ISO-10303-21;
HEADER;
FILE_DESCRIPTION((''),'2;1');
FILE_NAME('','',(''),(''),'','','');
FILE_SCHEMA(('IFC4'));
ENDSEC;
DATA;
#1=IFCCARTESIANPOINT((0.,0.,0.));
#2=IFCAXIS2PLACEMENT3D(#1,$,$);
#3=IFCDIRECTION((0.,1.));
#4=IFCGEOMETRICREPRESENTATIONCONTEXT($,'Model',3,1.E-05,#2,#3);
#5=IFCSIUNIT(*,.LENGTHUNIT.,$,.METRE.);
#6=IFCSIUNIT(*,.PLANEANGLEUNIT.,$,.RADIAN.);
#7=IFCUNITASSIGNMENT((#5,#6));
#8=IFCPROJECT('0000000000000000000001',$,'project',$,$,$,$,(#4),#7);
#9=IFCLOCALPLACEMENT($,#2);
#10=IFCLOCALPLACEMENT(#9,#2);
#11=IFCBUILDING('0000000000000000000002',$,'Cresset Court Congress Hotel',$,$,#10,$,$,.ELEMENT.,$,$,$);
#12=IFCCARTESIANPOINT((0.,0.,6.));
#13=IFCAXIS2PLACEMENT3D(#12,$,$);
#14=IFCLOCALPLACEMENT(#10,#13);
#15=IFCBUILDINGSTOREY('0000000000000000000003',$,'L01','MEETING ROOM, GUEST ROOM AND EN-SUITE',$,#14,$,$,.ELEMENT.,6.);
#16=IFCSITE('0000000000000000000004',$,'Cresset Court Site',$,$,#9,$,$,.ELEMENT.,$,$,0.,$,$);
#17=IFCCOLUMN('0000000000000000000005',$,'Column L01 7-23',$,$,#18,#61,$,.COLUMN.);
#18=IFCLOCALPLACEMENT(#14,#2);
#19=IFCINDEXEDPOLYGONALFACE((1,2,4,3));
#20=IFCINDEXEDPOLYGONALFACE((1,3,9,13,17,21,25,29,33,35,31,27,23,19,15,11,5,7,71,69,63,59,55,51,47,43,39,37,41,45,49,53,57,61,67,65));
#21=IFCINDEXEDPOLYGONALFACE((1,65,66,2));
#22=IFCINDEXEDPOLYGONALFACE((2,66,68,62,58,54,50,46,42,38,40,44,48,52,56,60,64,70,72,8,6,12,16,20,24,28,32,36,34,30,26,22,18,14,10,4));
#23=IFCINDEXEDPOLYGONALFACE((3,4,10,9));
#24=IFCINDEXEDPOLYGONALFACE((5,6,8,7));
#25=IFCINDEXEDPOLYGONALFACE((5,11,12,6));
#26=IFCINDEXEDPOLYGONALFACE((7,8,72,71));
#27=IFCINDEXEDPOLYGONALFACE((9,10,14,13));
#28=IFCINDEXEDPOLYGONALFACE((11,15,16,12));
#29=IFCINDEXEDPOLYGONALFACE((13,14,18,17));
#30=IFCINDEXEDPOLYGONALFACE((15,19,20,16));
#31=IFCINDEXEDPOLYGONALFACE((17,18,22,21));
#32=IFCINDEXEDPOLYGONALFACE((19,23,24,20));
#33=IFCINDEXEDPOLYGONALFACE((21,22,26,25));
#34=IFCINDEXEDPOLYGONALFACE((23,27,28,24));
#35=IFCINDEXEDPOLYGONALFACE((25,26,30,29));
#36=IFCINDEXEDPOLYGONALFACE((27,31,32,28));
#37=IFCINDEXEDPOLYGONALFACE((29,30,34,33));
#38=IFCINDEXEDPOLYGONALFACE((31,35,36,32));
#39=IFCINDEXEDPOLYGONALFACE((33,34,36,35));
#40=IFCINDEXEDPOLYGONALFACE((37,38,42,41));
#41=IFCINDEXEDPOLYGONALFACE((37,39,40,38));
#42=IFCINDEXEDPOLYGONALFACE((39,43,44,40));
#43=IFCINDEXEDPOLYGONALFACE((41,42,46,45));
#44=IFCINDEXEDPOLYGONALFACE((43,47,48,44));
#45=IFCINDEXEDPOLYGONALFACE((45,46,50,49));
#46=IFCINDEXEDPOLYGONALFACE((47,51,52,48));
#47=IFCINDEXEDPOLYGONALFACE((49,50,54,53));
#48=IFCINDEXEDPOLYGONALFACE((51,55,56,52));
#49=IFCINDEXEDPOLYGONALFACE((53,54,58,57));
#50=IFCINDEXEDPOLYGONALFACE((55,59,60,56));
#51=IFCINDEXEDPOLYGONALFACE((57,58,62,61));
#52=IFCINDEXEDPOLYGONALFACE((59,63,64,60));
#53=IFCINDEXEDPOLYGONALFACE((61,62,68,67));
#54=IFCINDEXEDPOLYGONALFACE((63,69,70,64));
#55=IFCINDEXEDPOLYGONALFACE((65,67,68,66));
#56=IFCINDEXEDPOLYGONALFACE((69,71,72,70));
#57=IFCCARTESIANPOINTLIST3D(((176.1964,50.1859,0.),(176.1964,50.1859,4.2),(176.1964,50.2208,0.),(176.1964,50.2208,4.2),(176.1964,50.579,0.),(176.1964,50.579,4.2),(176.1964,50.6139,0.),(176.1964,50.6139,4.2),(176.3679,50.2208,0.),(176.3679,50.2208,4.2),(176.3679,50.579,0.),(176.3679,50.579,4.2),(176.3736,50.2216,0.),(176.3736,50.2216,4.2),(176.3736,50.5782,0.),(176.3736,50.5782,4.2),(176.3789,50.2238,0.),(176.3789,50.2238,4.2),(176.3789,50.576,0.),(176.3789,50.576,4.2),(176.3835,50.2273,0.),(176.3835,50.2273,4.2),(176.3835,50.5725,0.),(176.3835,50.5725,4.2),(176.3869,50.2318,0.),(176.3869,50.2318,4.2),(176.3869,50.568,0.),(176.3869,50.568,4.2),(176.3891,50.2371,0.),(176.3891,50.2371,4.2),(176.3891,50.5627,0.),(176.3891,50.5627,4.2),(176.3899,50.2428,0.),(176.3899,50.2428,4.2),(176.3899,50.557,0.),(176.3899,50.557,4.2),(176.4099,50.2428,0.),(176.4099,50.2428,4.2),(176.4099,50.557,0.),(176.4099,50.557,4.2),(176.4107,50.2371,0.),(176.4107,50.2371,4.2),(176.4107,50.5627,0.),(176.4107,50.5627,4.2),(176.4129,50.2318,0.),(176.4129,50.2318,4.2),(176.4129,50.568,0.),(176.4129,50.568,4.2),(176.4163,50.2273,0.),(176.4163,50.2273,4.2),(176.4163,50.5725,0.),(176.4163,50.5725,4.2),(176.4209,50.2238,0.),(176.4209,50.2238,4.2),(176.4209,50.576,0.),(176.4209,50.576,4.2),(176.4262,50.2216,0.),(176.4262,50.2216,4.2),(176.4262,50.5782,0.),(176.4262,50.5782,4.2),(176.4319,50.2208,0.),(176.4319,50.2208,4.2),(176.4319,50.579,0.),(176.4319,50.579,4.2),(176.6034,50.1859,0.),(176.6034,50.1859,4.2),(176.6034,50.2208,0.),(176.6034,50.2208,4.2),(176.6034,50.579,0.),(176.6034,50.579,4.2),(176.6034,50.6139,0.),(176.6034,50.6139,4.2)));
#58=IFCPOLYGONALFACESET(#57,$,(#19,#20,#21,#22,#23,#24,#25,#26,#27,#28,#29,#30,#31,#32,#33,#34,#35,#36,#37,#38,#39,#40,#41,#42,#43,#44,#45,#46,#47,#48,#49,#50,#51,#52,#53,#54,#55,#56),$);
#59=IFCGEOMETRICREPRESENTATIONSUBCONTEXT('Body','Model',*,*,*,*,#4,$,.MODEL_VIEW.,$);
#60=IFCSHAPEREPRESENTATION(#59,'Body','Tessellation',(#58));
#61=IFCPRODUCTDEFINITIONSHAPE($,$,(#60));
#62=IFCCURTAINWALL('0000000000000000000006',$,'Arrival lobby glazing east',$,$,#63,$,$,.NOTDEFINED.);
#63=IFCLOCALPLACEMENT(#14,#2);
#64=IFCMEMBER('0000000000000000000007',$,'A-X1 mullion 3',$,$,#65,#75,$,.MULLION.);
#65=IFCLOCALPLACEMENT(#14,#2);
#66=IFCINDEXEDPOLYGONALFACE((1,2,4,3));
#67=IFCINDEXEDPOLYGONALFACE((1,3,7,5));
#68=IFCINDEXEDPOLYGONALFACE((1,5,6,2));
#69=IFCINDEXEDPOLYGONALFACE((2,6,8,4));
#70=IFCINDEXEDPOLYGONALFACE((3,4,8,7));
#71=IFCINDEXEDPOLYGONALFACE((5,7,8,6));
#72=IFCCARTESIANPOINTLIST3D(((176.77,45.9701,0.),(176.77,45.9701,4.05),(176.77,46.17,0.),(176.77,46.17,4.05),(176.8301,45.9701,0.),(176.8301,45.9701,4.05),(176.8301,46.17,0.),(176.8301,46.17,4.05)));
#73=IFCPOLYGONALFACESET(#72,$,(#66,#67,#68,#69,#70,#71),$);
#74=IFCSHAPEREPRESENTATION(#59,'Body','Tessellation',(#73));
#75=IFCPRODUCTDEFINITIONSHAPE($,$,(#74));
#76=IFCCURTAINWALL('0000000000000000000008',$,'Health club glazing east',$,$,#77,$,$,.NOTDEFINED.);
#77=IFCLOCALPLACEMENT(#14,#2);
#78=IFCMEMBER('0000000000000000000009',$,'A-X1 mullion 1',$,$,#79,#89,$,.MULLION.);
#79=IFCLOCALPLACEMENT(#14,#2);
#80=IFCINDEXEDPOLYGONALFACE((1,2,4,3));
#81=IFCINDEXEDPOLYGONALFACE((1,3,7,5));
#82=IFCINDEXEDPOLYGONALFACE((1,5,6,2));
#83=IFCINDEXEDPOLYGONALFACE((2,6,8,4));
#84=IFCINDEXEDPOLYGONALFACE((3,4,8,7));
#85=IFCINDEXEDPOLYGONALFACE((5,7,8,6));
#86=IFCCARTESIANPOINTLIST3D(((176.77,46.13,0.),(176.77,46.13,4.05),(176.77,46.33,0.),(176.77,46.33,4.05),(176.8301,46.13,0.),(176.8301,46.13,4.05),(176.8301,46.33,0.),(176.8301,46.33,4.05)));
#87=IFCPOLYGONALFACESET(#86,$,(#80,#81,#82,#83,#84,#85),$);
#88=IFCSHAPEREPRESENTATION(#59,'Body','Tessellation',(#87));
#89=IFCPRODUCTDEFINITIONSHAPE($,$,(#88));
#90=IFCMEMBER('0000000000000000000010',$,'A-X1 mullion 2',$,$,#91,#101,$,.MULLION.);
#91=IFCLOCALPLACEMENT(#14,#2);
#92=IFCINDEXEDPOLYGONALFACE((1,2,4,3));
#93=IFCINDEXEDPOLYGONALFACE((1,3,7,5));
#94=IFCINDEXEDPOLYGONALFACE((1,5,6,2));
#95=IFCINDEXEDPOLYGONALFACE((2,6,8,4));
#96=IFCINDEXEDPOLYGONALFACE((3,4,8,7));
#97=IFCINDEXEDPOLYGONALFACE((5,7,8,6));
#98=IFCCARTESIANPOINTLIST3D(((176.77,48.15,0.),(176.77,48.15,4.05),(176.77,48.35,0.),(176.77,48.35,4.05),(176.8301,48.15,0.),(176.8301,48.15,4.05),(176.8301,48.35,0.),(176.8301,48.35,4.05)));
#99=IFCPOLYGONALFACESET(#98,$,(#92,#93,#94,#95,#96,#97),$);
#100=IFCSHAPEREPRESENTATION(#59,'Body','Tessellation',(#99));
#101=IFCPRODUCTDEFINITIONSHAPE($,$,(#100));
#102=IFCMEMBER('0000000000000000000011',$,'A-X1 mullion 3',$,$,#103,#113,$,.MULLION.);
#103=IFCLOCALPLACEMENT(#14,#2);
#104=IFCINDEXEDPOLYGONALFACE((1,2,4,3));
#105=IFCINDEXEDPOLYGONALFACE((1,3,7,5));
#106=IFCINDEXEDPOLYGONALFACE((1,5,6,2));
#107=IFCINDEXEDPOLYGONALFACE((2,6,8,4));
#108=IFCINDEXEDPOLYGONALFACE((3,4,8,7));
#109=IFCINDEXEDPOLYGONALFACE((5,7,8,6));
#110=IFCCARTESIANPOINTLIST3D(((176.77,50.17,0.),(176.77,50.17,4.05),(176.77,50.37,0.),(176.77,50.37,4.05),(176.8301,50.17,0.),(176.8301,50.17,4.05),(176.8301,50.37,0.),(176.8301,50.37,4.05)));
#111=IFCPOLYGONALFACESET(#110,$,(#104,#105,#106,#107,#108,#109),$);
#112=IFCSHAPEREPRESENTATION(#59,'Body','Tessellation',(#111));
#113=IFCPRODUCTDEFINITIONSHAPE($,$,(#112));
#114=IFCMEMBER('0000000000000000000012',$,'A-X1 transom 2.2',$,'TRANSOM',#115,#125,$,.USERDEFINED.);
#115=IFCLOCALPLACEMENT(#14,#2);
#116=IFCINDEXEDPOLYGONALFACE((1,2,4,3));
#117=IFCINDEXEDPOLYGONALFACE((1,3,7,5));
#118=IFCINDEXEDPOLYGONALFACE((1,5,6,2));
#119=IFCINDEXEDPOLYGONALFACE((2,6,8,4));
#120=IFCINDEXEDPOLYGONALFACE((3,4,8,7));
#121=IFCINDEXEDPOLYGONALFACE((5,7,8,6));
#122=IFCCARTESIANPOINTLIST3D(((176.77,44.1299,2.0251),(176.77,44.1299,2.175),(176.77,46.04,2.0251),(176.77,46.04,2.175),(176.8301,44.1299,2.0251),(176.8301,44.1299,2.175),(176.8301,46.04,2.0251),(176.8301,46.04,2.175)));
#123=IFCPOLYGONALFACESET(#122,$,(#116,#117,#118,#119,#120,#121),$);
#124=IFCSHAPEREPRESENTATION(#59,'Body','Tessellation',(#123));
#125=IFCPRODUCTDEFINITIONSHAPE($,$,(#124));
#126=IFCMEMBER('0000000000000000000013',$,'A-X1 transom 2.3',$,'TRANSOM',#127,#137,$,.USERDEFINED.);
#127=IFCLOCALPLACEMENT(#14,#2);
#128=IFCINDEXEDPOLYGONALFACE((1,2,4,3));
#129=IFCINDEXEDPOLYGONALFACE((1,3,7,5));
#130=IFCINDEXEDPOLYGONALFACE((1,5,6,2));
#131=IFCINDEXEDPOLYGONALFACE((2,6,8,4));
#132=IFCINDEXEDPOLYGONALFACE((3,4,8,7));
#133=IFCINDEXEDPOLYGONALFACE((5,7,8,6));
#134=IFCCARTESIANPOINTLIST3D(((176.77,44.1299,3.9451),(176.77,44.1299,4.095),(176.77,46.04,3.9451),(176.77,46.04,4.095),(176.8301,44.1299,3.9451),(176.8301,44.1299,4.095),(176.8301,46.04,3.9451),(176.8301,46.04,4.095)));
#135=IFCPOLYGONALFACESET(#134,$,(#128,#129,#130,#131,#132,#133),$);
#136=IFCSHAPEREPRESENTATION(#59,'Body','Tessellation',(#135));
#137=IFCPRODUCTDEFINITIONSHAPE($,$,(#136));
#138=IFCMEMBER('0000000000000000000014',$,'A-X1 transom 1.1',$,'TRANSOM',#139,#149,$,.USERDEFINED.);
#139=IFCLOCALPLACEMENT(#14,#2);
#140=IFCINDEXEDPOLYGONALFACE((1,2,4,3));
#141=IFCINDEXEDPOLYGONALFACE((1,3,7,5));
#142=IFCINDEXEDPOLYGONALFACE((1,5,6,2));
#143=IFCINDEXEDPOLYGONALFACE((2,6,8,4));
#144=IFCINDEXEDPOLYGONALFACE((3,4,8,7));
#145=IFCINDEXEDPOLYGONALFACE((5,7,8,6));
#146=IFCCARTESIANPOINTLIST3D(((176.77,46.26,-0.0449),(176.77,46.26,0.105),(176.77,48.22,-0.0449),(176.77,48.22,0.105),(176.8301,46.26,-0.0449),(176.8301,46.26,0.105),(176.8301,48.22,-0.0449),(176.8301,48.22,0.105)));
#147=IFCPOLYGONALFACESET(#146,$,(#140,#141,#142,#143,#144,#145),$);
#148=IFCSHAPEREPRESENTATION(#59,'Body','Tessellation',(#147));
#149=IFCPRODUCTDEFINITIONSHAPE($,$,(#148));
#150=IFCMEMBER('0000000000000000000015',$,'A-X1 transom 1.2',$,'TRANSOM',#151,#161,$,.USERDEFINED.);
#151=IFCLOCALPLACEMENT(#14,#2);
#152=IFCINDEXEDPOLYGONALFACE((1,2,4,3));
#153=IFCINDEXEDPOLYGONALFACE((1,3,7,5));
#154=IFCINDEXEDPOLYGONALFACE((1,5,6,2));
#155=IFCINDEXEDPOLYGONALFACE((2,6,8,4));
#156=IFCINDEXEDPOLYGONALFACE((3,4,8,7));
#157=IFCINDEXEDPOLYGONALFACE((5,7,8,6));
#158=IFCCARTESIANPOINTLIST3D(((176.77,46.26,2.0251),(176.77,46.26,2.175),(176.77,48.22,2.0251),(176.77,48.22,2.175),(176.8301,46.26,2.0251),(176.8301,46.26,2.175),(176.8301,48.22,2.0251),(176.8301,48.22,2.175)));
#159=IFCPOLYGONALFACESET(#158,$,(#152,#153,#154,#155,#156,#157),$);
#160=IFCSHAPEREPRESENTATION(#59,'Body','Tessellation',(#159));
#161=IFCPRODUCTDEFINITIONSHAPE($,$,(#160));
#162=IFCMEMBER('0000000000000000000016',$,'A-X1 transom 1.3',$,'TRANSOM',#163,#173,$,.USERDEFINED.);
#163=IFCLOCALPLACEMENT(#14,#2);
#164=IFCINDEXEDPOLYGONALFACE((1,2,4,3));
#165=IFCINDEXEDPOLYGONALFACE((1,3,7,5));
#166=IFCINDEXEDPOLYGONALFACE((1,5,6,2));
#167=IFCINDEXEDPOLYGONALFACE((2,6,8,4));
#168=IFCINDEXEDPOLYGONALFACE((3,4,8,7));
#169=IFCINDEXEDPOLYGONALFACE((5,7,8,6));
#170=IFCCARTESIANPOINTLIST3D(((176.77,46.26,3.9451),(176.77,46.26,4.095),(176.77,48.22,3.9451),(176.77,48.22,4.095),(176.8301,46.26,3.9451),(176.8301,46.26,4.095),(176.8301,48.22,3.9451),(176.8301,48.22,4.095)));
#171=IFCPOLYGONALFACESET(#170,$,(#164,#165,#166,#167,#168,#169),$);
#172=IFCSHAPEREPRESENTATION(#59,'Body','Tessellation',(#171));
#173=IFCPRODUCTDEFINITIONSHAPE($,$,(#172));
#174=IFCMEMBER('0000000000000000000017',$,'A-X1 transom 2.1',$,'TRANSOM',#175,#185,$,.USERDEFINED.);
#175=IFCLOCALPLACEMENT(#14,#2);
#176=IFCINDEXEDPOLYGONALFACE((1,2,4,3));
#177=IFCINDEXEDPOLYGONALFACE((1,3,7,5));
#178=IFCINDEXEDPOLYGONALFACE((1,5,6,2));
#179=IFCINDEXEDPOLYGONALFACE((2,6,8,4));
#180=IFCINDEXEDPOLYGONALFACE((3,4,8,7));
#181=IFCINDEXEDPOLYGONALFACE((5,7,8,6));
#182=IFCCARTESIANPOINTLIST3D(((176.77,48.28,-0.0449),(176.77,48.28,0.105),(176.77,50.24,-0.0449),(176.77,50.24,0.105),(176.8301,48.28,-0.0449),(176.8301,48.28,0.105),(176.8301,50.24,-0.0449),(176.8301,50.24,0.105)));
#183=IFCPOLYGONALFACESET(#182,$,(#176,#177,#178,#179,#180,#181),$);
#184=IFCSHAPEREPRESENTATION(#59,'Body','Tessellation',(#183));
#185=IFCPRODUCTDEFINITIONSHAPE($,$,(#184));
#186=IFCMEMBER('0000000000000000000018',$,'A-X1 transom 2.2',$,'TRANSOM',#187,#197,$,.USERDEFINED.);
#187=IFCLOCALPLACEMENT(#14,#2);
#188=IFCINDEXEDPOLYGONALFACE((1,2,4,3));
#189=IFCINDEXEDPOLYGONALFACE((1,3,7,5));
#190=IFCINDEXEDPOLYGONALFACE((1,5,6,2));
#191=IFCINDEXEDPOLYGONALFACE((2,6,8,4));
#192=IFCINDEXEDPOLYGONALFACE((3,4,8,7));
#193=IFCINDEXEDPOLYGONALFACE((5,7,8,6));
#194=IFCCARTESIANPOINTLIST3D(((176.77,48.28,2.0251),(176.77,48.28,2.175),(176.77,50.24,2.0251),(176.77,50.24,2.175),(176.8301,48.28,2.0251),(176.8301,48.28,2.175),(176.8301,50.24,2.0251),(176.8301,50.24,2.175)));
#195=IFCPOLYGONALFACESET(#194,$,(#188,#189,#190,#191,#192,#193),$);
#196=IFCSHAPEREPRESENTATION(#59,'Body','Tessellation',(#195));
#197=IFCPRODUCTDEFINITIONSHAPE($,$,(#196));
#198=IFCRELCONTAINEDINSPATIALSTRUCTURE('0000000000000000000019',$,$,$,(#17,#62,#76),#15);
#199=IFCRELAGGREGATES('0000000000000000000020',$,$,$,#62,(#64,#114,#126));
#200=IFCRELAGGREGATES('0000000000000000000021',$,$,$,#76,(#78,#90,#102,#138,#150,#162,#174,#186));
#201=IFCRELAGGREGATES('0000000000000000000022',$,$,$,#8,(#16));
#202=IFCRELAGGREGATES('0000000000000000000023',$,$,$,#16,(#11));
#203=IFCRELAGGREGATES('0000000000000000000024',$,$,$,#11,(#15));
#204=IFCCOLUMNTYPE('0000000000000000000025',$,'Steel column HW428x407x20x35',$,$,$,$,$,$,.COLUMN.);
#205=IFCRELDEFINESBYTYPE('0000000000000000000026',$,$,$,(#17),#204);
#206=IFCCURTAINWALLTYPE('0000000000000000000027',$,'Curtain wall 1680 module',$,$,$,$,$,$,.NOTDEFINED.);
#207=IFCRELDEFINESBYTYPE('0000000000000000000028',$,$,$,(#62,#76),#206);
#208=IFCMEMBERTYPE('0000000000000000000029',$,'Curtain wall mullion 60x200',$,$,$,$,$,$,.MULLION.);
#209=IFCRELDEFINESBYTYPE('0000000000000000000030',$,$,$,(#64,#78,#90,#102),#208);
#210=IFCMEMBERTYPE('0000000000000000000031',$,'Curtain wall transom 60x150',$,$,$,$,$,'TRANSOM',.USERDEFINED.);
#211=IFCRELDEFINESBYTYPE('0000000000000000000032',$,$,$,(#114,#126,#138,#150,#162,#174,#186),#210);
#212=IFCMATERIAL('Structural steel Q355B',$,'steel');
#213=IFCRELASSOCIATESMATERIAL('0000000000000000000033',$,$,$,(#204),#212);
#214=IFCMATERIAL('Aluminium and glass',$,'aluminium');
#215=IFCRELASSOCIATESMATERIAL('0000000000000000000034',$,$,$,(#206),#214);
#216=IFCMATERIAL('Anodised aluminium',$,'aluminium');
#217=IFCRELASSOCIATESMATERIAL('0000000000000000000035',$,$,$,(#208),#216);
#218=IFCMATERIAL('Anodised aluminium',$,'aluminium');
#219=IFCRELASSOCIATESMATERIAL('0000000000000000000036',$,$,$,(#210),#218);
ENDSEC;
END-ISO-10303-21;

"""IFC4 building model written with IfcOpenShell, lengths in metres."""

from ifc_helpers import new_model, si_unit, direction, frame, origin, origin_2d, place, context, subcontext, project, spatial, rectangle, i_section, extrude, material, material_profile, profile_set, type_object, element, aggregate, save


model = new_model("IFC4")

# Units and contexts
model_context = context("Model", 3, precision=1e-05, world=origin(), true_north=direction((0.0, 1.0)))
body_context = subcontext(model_context, "Body", "Model", "MODEL_VIEW")
ifc_project = project(units=[si_unit("LENGTHUNIT", "METRE"), si_unit("PLANEANGLEUNIT", "RADIAN")], contexts=[model_context])

# Site, building, storey
site_placement = place(None, origin())
site = spatial("IfcSite", under=ifc_project, at=site_placement, Name="Cresset Court Site", CompositionType="ELEMENT", RefElevation=0.0)
building_placement = place(site_placement, origin())
building = spatial("IfcBuilding", under=site, at=building_placement, Name="Cresset Court Congress Hotel", CompositionType="ELEMENT")
storey_placement = place(building_placement, frame((0.0, 0.0, 6.0)))
storey = spatial("IfcBuildingStorey", under=building, at=storey_placement, Name="L01", Description="MEETING ROOM, GUEST ROOM AND EN-SUITE", CompositionType="ELEMENT", Elevation=6.0)

# Column
ifc_material_1 = material(Name="Structural steel Q355B", Category="steel")
ifc_material_profile_1 = material_profile(ifc_material_1, i_section(OverallWidth=0.407, OverallDepth=0.428, WebThickness=0.02, FlangeThickness=0.0349, FilletRadius=0.022, at=origin_2d()), Name="HW428x407x20x35")
ifc_profile_set_1 = profile_set([ifc_material_profile_1], Name="Structural steel Q355B")
column_type = type_object("IfcColumnType", Name="Steel column HW428x407x20x35", PredefinedType="COLUMN", material=ifc_profile_set_1)
column_placement = place(storey_placement, frame((176.3999, 50.3999, 0.0), z_axis=(0.0, 0.0, 1.0), x_axis=(1.0, 0.0, 0.0)))
element("IfcColumn", 1, at=column_placement, inside=storey, type_object=column_type, Name="Column L01 7-23", PredefinedType="COLUMN", context=body_context, shape_type="SweptSolid", body=[
    extrude(i_section(OverallWidth=0.407, OverallDepth=0.428, WebThickness=0.02, FlangeThickness=0.0349, FilletRadius=0.022, at=origin_2d()), origin(), (0.0, 0.0, 1.0), 4.2),
])

# Curtain wall, member
ifc_material_2 = material(Name="Aluminium and glass", Category="aluminium")
curtain_wall_type = type_object("IfcCurtainWallType", Name="Curtain wall 1680 module", PredefinedType="NOTDEFINED", material=ifc_material_2)
curtain_wall_1_placement = place(storey_placement, origin())
curtain_wall_1 = element("IfcCurtainWall", 2, at=curtain_wall_1_placement, inside=storey, type_object=curtain_wall_type, Name="Arrival lobby glazing east", PredefinedType="NOTDEFINED")
ifc_material_3 = material(Name="Anodised aluminium", Category="aluminium")
ifc_material_profile_2 = material_profile(ifc_material_3, rectangle(XDim=0.0601, YDim=0.2, at=origin_2d()), Name="RECT60x200")
ifc_profile_set_2 = profile_set([ifc_material_profile_2], Name="Anodised aluminium")
member_type_1 = type_object("IfcMemberType", Name="Curtain wall mullion 60x200", PredefinedType="MULLION", material=ifc_profile_set_2)
member_1_placement = place(storey_placement, frame((176.8, 46.0701, 0.0), z_axis=(0.0, 0.0, 1.0), x_axis=(-1.0, 0.0, 0.0)))
member_1 = element("IfcMember", 3, at=member_1_placement, type_object=member_type_1, Name="A-X1 mullion 3", PredefinedType="MULLION", context=body_context, shape_type="SweptSolid", body=[
    extrude(rectangle(XDim=0.0601, YDim=0.2, at=origin_2d()), origin(), (0.0, 0.0, 1.0), 4.05),
])

# Curtain wall, members
curtain_wall_2_placement = place(storey_placement, origin())
curtain_wall_2 = element("IfcCurtainWall", 4, at=curtain_wall_2_placement, inside=storey, type_object=curtain_wall_type, Name="Health club glazing east", PredefinedType="NOTDEFINED")
member_2_placement = place(storey_placement, frame((176.8, 46.23, 0.0), z_axis=(0.0, 0.0, 1.0), x_axis=(-1.0, 0.0, 0.0)))
member_2 = element("IfcMember", 5, at=member_2_placement, type_object=member_type_1, Name="A-X1 mullion 1", PredefinedType="MULLION", context=body_context, shape_type="SweptSolid", body=[
    extrude(rectangle(XDim=0.0601, YDim=0.2, at=origin_2d()), origin(), (0.0, 0.0, 1.0), 4.05),
])
member_3_placement = place(storey_placement, frame((176.8, 48.25, 0.0), z_axis=(0.0, 0.0, 1.0), x_axis=(-1.0, 0.0, 0.0)))
member_3 = element("IfcMember", 6, at=member_3_placement, type_object=member_type_1, Name="A-X1 mullion 2", PredefinedType="MULLION", context=body_context, shape_type="SweptSolid", body=[
    extrude(rectangle(XDim=0.0601, YDim=0.2, at=origin_2d()), origin(), (0.0, 0.0, 1.0), 4.05),
])
member_4_placement = place(storey_placement, frame((176.8, 50.27, 0.0), z_axis=(0.0, 0.0, 1.0), x_axis=(-1.0, 0.0, 0.0)))
member_4 = element("IfcMember", 7, at=member_4_placement, type_object=member_type_1, Name="A-X1 mullion 3", PredefinedType="MULLION", context=body_context, shape_type="SweptSolid", body=[
    extrude(rectangle(XDim=0.0601, YDim=0.2, at=origin_2d()), origin(), (0.0, 0.0, 1.0), 4.05),
])

# Members
ifc_material_4 = material(Name="Anodised aluminium", Category="aluminium")
ifc_material_profile_3 = material_profile(ifc_material_4, rectangle(XDim=0.0601, YDim=0.1499, at=origin_2d()), Name="RECT60x150")
ifc_profile_set_3 = profile_set([ifc_material_profile_3], Name="Anodised aluminium")
member_type_2 = type_object("IfcMemberType", Name="Curtain wall transom 60x150", ElementType="TRANSOM", PredefinedType="USERDEFINED", material=ifc_profile_set_3)
member_5_placement = place(storey_placement, frame((176.8, 44.1299, 2.1001), z_axis=(0.0, 1.0, 0.0), x_axis=(-1.0, 0.0, 0.0)))
member_5 = element("IfcMember", 8, at=member_5_placement, type_object=member_type_2, Name="A-X1 transom 2.2", ObjectType="TRANSOM", PredefinedType="USERDEFINED", context=body_context, shape_type="SweptSolid", body=[
    extrude(rectangle(XDim=0.0601, YDim=0.1499, at=origin_2d()), origin(), (0.0, 0.0, 1.0), 1.9102),
])
member_6_placement = place(storey_placement, frame((176.8, 44.1299, 4.02), z_axis=(0.0, 1.0, 0.0), x_axis=(-1.0, 0.0, 0.0)))
member_6 = element("IfcMember", 9, at=member_6_placement, type_object=member_type_2, Name="A-X1 transom 2.3", ObjectType="TRANSOM", PredefinedType="USERDEFINED", context=body_context, shape_type="SweptSolid", body=[
    extrude(rectangle(XDim=0.0601, YDim=0.1499, at=origin_2d()), origin(), (0.0, 0.0, 1.0), 1.9102),
])
member_7_placement = place(storey_placement, frame((176.8, 46.26, 0.03), z_axis=(0.0, 1.0, 0.0), x_axis=(-1.0, 0.0, 0.0)))
member_7 = element("IfcMember", 10, at=member_7_placement, type_object=member_type_2, Name="A-X1 transom 1.1", ObjectType="TRANSOM", PredefinedType="USERDEFINED", context=body_context, shape_type="SweptSolid", body=[
    extrude(rectangle(XDim=0.0601, YDim=0.1499, at=origin_2d()), origin(), (0.0, 0.0, 1.0), 1.96),
])
member_8_placement = place(storey_placement, frame((176.8, 46.26, 2.1001), z_axis=(0.0, 1.0, 0.0), x_axis=(-1.0, 0.0, 0.0)))
member_8 = element("IfcMember", 11, at=member_8_placement, type_object=member_type_2, Name="A-X1 transom 1.2", ObjectType="TRANSOM", PredefinedType="USERDEFINED", context=body_context, shape_type="SweptSolid", body=[
    extrude(rectangle(XDim=0.0601, YDim=0.1499, at=origin_2d()), origin(), (0.0, 0.0, 1.0), 1.96),
])
member_9_placement = place(storey_placement, frame((176.8, 46.26, 4.02), z_axis=(0.0, 1.0, 0.0), x_axis=(-1.0, 0.0, 0.0)))
member_9 = element("IfcMember", 12, at=member_9_placement, type_object=member_type_2, Name="A-X1 transom 1.3", ObjectType="TRANSOM", PredefinedType="USERDEFINED", context=body_context, shape_type="SweptSolid", body=[
    extrude(rectangle(XDim=0.0601, YDim=0.1499, at=origin_2d()), origin(), (0.0, 0.0, 1.0), 1.96),
])
member_10_placement = place(storey_placement, frame((176.8, 48.28, 0.03), z_axis=(0.0, 1.0, 0.0), x_axis=(-1.0, 0.0, 0.0)))
member_10 = element("IfcMember", 13, at=member_10_placement, type_object=member_type_2, Name="A-X1 transom 2.1", ObjectType="TRANSOM", PredefinedType="USERDEFINED", context=body_context, shape_type="SweptSolid", body=[
    extrude(rectangle(XDim=0.0601, YDim=0.1499, at=origin_2d()), origin(), (0.0, 0.0, 1.0), 1.96),
])
member_11_placement = place(storey_placement, frame((176.8, 48.28, 2.1001), z_axis=(0.0, 1.0, 0.0), x_axis=(-1.0, 0.0, 0.0)))
member_11 = element("IfcMember", 14, at=member_11_placement, type_object=member_type_2, Name="A-X1 transom 2.2", ObjectType="TRANSOM", PredefinedType="USERDEFINED", context=body_context, shape_type="SweptSolid", body=[
    extrude(rectangle(XDim=0.0601, YDim=0.1499, at=origin_2d()), origin(), (0.0, 0.0, 1.0), 1.96),
])

aggregate(curtain_wall_1, [member_1, member_5, member_6])
aggregate(curtain_wall_2, [member_2, member_3, member_4, member_7, member_8, member_9, member_10, member_11])

save(model, "model.ifc")
